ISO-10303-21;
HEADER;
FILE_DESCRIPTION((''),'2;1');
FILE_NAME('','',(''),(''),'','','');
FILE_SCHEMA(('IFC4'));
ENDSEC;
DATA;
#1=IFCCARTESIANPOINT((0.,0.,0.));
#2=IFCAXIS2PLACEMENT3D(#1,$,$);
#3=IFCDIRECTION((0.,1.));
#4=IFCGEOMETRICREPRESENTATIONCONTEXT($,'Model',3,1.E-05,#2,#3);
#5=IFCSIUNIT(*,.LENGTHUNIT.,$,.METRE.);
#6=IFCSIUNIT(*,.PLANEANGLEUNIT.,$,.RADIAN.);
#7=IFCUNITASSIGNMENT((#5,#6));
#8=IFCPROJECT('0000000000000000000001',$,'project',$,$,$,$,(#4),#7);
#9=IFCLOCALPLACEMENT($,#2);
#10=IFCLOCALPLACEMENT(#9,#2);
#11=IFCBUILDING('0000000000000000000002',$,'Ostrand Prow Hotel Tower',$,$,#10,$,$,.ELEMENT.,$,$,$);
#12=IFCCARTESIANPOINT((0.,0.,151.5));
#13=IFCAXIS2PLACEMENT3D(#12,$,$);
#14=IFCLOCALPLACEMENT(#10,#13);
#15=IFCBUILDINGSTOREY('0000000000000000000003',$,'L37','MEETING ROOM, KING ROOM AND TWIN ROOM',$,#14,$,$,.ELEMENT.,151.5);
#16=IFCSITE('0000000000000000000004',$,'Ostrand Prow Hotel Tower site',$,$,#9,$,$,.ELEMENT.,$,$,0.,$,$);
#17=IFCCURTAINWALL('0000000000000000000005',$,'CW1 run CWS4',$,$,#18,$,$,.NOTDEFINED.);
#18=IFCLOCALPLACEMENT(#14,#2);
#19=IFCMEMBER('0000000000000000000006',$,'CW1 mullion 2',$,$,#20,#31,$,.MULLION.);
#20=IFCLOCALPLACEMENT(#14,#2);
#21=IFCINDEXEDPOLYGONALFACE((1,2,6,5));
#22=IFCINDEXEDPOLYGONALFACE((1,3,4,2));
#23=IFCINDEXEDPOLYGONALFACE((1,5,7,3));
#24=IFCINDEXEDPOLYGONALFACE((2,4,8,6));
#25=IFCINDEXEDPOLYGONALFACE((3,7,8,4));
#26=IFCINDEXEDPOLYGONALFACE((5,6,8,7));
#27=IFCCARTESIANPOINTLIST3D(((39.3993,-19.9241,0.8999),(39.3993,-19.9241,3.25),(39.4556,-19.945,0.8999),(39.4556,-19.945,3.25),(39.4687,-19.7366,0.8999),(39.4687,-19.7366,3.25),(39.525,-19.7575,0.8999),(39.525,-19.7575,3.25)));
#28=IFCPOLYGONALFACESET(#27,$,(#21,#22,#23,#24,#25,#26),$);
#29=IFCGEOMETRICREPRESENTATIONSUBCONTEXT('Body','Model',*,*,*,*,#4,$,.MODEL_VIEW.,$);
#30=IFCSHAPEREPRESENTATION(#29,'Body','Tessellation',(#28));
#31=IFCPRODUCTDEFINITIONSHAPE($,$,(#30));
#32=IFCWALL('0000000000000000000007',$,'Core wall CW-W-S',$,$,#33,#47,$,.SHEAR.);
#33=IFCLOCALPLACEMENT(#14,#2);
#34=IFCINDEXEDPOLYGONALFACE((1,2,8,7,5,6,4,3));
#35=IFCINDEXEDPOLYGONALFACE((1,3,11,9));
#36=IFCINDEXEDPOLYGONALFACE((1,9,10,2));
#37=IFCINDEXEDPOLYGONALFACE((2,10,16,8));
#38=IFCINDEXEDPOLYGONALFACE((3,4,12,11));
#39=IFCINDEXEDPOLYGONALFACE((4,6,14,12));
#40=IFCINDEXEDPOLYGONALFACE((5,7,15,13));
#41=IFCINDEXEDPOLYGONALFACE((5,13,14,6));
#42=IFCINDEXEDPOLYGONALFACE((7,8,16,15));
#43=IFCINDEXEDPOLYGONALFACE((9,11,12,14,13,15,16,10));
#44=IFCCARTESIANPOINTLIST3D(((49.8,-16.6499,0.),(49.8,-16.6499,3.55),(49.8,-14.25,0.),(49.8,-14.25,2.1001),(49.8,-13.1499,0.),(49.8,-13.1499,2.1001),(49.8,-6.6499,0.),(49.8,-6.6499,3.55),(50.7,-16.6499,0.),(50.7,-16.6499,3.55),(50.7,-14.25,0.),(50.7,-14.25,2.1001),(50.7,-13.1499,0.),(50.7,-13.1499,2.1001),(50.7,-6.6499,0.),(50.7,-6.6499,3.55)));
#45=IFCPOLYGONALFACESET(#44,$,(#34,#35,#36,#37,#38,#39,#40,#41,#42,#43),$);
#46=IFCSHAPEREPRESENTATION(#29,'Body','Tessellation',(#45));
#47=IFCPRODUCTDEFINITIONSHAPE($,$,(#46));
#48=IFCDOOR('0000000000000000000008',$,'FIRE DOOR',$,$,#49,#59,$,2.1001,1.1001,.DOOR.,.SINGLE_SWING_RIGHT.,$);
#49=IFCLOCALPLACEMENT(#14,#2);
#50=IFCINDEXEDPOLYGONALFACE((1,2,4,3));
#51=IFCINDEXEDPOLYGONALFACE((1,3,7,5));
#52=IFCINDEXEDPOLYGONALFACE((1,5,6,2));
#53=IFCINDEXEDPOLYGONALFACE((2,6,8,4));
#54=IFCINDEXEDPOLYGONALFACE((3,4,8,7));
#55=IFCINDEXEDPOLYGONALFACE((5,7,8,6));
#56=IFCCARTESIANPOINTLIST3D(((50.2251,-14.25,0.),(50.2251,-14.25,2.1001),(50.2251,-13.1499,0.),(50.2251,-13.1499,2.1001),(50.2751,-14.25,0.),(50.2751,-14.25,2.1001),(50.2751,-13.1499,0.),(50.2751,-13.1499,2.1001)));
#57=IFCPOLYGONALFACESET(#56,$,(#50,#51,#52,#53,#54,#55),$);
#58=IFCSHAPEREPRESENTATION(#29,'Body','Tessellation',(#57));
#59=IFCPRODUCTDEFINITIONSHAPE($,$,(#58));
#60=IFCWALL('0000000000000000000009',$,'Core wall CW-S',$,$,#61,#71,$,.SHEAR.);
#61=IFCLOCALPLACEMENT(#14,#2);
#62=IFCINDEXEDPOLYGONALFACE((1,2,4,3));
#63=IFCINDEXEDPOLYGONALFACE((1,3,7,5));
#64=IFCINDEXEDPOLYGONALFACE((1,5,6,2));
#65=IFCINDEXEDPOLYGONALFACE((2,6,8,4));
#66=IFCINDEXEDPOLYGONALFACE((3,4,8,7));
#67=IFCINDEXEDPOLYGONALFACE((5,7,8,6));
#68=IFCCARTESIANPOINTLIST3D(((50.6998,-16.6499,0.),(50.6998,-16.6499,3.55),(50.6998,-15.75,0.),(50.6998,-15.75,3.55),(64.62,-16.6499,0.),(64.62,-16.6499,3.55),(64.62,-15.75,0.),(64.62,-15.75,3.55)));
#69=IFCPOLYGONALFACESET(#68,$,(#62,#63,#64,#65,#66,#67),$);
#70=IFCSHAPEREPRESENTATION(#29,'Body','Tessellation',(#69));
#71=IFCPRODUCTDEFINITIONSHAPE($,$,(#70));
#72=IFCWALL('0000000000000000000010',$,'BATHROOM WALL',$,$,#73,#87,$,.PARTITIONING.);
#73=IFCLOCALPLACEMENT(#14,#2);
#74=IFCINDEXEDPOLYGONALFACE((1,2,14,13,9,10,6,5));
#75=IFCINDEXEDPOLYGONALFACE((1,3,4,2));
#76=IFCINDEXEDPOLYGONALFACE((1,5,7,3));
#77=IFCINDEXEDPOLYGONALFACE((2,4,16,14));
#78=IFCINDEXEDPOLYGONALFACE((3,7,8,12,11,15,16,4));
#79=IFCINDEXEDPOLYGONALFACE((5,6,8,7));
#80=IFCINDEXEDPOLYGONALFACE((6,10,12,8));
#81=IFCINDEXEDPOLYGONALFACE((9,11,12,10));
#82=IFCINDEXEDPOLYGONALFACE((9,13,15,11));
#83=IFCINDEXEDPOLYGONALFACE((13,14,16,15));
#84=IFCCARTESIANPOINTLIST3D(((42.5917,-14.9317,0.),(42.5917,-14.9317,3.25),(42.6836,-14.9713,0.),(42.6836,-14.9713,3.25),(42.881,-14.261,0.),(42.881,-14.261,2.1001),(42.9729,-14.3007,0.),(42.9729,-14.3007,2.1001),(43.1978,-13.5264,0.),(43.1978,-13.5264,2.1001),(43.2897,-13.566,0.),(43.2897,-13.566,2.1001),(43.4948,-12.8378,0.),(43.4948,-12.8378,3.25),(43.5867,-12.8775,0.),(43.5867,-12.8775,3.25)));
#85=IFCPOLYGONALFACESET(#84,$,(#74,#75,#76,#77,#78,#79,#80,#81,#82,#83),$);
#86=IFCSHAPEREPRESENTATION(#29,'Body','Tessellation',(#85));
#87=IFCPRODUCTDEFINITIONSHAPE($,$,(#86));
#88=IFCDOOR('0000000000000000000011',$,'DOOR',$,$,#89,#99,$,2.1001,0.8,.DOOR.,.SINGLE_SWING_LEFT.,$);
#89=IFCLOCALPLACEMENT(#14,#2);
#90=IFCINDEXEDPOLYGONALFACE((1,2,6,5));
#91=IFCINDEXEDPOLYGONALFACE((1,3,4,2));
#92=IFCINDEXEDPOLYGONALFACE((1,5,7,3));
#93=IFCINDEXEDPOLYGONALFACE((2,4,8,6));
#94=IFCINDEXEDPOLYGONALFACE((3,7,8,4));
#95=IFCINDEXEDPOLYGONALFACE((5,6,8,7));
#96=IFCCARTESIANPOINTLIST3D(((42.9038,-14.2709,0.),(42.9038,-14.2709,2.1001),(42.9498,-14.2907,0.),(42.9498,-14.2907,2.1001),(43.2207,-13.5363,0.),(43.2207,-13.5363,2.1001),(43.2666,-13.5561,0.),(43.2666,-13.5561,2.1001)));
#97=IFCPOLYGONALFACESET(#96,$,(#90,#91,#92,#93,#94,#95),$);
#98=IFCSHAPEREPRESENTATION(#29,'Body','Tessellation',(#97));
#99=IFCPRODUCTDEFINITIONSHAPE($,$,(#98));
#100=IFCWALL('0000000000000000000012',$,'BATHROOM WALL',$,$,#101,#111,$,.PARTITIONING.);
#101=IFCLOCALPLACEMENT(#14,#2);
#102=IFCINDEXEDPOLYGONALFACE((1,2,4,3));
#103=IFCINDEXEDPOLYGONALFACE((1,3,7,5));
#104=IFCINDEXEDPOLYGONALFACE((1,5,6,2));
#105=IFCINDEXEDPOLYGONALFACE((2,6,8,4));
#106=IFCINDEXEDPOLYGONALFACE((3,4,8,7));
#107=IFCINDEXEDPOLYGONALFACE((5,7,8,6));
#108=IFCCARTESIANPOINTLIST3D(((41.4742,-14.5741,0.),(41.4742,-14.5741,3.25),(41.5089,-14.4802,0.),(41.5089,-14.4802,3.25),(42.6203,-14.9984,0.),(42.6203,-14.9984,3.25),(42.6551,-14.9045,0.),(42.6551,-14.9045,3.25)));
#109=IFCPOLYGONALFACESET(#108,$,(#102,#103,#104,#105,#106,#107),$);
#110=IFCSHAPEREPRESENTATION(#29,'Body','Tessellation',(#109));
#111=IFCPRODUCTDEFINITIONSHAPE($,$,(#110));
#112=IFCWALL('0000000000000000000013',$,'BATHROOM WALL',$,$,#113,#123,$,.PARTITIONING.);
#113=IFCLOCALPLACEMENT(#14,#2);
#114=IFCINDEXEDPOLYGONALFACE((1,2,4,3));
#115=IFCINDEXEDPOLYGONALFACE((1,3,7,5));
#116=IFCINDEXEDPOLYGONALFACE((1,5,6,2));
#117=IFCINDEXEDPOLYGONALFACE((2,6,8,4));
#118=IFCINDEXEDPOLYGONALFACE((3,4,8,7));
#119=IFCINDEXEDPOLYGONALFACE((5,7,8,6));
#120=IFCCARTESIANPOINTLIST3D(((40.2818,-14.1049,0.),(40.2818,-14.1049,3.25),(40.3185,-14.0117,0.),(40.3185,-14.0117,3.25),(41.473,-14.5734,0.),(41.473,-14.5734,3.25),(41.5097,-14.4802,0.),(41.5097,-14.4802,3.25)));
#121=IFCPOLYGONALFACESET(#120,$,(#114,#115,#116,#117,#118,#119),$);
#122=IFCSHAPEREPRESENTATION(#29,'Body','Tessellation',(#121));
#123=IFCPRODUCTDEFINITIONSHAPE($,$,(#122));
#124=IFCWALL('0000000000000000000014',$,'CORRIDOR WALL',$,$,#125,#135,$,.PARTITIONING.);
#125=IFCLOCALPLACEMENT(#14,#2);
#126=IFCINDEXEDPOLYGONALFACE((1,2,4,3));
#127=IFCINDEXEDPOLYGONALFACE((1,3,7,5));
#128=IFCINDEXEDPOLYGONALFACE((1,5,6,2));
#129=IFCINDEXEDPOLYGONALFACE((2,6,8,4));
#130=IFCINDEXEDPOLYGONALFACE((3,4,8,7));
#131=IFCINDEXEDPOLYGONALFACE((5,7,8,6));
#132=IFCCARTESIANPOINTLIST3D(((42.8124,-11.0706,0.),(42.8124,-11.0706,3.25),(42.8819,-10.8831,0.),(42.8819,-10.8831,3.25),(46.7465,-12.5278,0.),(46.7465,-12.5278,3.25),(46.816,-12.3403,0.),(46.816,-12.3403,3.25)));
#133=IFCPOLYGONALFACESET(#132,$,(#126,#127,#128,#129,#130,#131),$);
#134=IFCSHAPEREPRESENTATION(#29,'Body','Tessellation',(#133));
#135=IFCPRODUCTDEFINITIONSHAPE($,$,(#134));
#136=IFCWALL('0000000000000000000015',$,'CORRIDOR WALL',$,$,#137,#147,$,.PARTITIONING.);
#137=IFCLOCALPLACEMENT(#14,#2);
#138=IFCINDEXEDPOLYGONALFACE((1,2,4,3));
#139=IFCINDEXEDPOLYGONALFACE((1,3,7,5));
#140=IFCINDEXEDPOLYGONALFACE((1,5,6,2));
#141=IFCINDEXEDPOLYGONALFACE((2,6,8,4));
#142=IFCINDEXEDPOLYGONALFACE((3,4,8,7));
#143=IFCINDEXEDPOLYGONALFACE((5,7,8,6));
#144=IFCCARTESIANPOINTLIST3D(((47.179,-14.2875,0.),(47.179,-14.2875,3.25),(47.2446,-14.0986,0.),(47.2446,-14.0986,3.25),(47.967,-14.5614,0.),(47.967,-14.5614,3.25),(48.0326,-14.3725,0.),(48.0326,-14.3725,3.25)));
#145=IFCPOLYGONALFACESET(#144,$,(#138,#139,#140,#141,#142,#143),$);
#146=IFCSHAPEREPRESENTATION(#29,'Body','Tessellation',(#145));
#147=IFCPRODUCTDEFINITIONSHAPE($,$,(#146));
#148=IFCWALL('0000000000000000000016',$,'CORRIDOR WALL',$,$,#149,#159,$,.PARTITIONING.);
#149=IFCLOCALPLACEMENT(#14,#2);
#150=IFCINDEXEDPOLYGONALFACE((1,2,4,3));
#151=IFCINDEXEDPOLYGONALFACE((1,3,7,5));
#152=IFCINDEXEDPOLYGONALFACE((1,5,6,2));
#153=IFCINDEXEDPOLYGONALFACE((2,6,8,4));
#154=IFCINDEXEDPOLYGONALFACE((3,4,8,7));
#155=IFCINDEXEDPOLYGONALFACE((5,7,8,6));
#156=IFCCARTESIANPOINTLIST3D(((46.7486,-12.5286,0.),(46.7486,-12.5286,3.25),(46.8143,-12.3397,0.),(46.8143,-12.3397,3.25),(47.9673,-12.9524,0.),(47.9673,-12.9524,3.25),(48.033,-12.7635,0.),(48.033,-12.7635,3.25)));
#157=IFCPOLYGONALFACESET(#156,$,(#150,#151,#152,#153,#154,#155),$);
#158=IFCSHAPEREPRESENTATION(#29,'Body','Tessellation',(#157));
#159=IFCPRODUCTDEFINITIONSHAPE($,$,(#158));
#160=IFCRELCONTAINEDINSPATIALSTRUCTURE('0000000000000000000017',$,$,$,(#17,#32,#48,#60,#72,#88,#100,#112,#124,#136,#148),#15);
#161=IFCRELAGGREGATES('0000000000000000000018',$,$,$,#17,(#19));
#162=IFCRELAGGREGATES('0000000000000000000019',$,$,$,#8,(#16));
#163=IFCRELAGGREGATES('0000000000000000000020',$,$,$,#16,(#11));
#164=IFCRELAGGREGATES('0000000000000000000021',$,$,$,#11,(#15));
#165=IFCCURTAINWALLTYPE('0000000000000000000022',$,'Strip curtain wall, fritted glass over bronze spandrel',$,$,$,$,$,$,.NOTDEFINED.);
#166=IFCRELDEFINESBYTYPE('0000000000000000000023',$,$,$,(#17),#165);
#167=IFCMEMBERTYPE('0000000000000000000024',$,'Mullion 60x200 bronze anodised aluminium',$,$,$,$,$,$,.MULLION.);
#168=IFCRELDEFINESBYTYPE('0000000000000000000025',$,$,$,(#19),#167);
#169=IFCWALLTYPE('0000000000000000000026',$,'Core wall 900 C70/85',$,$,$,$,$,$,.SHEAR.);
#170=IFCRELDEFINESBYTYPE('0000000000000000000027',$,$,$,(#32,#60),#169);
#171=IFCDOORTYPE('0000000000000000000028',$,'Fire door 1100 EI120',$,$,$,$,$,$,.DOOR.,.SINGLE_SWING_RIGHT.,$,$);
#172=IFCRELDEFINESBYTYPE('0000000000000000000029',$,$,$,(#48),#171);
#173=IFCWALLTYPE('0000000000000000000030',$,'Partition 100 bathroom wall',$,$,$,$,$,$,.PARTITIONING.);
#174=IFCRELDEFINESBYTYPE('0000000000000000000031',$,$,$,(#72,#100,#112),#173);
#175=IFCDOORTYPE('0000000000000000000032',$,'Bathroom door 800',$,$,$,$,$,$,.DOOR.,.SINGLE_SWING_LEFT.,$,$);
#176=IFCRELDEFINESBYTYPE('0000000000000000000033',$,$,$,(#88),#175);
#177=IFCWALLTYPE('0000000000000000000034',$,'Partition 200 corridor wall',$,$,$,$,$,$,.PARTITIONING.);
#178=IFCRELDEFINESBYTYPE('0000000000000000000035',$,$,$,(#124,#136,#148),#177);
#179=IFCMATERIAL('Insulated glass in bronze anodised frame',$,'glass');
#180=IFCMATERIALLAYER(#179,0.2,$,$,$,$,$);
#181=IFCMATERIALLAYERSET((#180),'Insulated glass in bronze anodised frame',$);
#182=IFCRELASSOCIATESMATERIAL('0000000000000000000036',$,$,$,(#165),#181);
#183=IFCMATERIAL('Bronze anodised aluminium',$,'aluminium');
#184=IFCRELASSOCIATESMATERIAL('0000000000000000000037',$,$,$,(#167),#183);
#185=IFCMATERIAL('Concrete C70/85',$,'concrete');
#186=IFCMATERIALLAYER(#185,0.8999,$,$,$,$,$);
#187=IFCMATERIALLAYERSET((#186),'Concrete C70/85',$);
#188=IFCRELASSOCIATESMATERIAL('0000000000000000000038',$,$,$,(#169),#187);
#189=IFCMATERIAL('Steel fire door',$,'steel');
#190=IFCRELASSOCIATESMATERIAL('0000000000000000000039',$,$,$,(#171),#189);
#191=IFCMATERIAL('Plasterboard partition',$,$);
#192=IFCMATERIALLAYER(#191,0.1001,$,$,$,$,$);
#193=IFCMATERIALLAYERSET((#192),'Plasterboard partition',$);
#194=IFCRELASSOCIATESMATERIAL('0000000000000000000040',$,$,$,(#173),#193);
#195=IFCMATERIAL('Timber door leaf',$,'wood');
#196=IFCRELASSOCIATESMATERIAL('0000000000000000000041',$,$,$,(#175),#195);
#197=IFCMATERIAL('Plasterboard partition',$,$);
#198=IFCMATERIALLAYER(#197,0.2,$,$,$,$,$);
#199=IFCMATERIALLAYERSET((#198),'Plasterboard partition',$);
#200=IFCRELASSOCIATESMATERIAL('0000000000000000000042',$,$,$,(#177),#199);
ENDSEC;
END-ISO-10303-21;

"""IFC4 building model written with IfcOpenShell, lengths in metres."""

from ifc_helpers import new_model, si_unit, direction, frame, frame_2d, origin, origin_2d, place, context, subcontext, project, spatial, rectangle, extrude, material, layer, layer_set, material_profile, profile_set, type_object, element, fill, aggregate, save


model = new_model("IFC4")

# Units and contexts
model_context = context("Model", 3, precision=1e-05, world=origin(), true_north=direction((0.0, 1.0)))
body_context = subcontext(model_context, "Body", "Model", "MODEL_VIEW")
ifc_project = project(units=[si_unit("LENGTHUNIT", "METRE"), si_unit("PLANEANGLEUNIT", "RADIAN")], contexts=[model_context])

# Site, building, storey
site_placement = place(None, origin())
site = spatial("IfcSite", under=ifc_project, at=site_placement, Name="Ostrand Prow Hotel Tower site", CompositionType="ELEMENT", RefElevation=0.0)
building_placement = place(site_placement, origin())
building = spatial("IfcBuilding", under=site, at=building_placement, Name="Ostrand Prow Hotel Tower", CompositionType="ELEMENT")
storey_placement = place(building_placement, frame((0.0, 0.0, 151.5)))
storey = spatial("IfcBuildingStorey", under=building, at=storey_placement, Name="L37", Description="MEETING ROOM, KING ROOM AND TWIN ROOM", CompositionType="ELEMENT", Elevation=151.5)

# Curtain wall, member
ifc_material_1 = material(Name="Insulated glass in bronze anodised frame", Category="glass")
ifc_layer_1 = layer(ifc_material_1, 0.2)
ifc_layer_set_1 = layer_set([ifc_layer_1], Name="Insulated glass in bronze anodised frame")
curtain_wall_type = type_object("IfcCurtainWallType", Name="Strip curtain wall, fritted glass over bronze spandrel", PredefinedType="NOTDEFINED", material=ifc_layer_set_1)
curtain_wall_placement = place(storey_placement, origin())
curtain_wall = element("IfcCurtainWall", 1, at=curtain_wall_placement, inside=storey, type_object=curtain_wall_type, Name="CW1 run CWS4", PredefinedType="NOTDEFINED")
ifc_material_2 = material(Name="Bronze anodised aluminium", Category="aluminium")
ifc_material_profile = material_profile(ifc_material_2, rectangle(XDim=0.2, YDim=0.0601, at=origin_2d()), Name="Mullion 60x200 bronze anodised aluminium")
ifc_profile_set = profile_set([ifc_material_profile], Name="Bronze anodised aluminium")
member_type = type_object("IfcMemberType", Name="Mullion 60x200 bronze anodised aluminium", PredefinedType="MULLION", material=ifc_profile_set)
member_placement = place(storey_placement, frame((39.4622, -19.8408, 0.8999), z_axis=(0.0, 0.0, 1.0), x_axis=(0.347342, 0.937739, 0.0)))
member = element("IfcMember", 2, at=member_placement, type_object=member_type, Name="CW1 mullion 2", PredefinedType="MULLION", context=body_context, shape_type="SweptSolid", body=[
    extrude(rectangle(XDim=0.2, YDim=0.0601, at=origin_2d()), origin(), (0.0, 0.0, 1.0), 2.3501),
])
aggregate(curtain_wall, [member])

# Wall, opening, door
ifc_material_3 = material(Name="Concrete C70/85", Category="concrete")
ifc_layer_2 = layer(ifc_material_3, 0.8999)
ifc_layer_set_2 = layer_set([ifc_layer_2], Name="Concrete C70/85")
wall_type_1 = type_object("IfcWallType", Name="Core wall 900 C70/85", PredefinedType="SHEAR", material=ifc_layer_set_2)
wall_1_placement = place(storey_placement, frame((50.25, -16.6499, 0.0), z_axis=(0.0, 0.0, 1.0), x_axis=(0.0, 1.0, 0.0)))
wall_1 = element("IfcWall", 3, at=wall_1_placement, inside=storey, type_object=wall_type_1, Name="Core wall CW-W-S", PredefinedType="SHEAR", context=body_context, shape_type="SweptSolid", body=[
    extrude(rectangle(XDim=10.0, YDim=0.8999, at=frame_2d((5.0, 0.0))), origin(), (0.0, 0.0, 1.0), 3.55),
])
opening_1_placement = place(wall_1_placement, frame((2.3999, 0.0, 0.0)))
opening_1 = element("IfcOpeningElement", 4, at=opening_1_placement, cuts=wall_1, PredefinedType="OPENING", context=body_context, shape_type="SweptSolid", body=[
    extrude(rectangle(XDim=1.1001, YDim=2.1001, at=frame_2d((0.55, 1.05))), frame((0.0, 0.46, 0.0), z_axis=(0.0, -1.0, 0.0), x_axis=(1.0, 0.0, 0.0)), (0.0, 0.0, 1.0), 0.9199),
])
ifc_material_4 = material(Name="Steel fire door", Category="steel")
door_type_1 = type_object("IfcDoorType", Name="Fire door 1100 EI120", OperationType="SINGLE_SWING_RIGHT", PredefinedType="DOOR", material=ifc_material_4)
door_1_placement = place(opening_1_placement, origin())
door_1 = element("IfcDoor", 5, at=door_1_placement, inside=storey, type_object=door_type_1, Name="FIRE DOOR", OperationType="SINGLE_SWING_RIGHT", OverallHeight=2.1001, OverallWidth=1.1001, PredefinedType="DOOR", context=body_context, shape_type="SweptSolid", body=[
    extrude(rectangle(XDim=1.1001, YDim=2.1001, at=frame_2d((0.55, 1.05))), frame((0.0, 0.0249, 0.0), z_axis=(0.0, -1.0, 0.0), x_axis=(1.0, 0.0, 0.0)), (0.0, 0.0, 1.0), 0.05),
])
fill(opening_1, door_1)

# Wall
wall_2_placement = place(storey_placement, frame((50.7, -16.2, 0.0), z_axis=(0.0, 0.0, 1.0), x_axis=(1.0, 0.0, 0.0)))
element("IfcWall", 6, at=wall_2_placement, inside=storey, type_object=wall_type_1, Name="Core wall CW-S", PredefinedType="SHEAR", context=body_context, shape_type="SweptSolid", body=[
    extrude(rectangle(XDim=13.9202, YDim=0.8999, at=frame_2d((6.96, 0.0))), origin(), (0.0, 0.0, 1.0), 3.55),
])

# Wall, opening, door
ifc_material_5 = material(Name="Plasterboard partition")
ifc_layer_3 = layer(ifc_material_5, 0.1001)
ifc_layer_set_3 = layer_set([ifc_layer_3], Name="Plasterboard partition")
wall_type_2 = type_object("IfcWallType", Name="Partition 100 bathroom wall", PredefinedType="PARTITIONING", material=ifc_layer_set_3)
wall_3_placement = place(storey_placement, frame((43.5408, -12.8577, 0.0), z_axis=(0.0, 0.0, 1.0), x_axis=(-0.39605, -0.918229, 0.0)))
wall_3 = element("IfcWall", 7, at=wall_3_placement, inside=storey, type_object=wall_type_2, Name="BATHROOM WALL", PredefinedType="PARTITIONING", context=body_context, shape_type="SweptSolid", body=[
    extrude(rectangle(XDim=2.2803, YDim=0.1001, at=frame_2d((1.1401, 0.0))), origin(), (0.0, 0.0, 1.0), 3.25),
])
opening_2_placement = place(wall_3_placement, frame((0.75, 0.0, 0.0)))
opening_2 = element("IfcOpeningElement", 8, at=opening_2_placement, cuts=wall_3, PredefinedType="OPENING", context=body_context, shape_type="SweptSolid", body=[
    extrude(rectangle(XDim=0.8, YDim=2.1001, at=frame_2d((0.3999, 1.05))), frame((0.0, 0.0601, 0.0), z_axis=(0.0, -1.0, 0.0), x_axis=(1.0, 0.0, 0.0)), (0.0, 0.0, 1.0), 0.1201),
])
ifc_material_6 = material(Name="Timber door leaf", Category="wood")
door_type_2 = type_object("IfcDoorType", Name="Bathroom door 800", OperationType="SINGLE_SWING_LEFT", PredefinedType="DOOR", material=ifc_material_6)
door_2_placement = place(opening_2_placement, origin())
door_2 = element("IfcDoor", 9, at=door_2_placement, inside=storey, type_object=door_type_2, Name="DOOR", OperationType="SINGLE_SWING_LEFT", OverallHeight=2.1001, OverallWidth=0.8, PredefinedType="DOOR", context=body_context, shape_type="SweptSolid", body=[
    extrude(rectangle(XDim=0.8, YDim=2.1001, at=frame_2d((0.3999, 1.05))), frame((0.0, 0.0249, 0.0), z_axis=(0.0, -1.0, 0.0), x_axis=(1.0, 0.0, 0.0)), (0.0, 0.0, 1.0), 0.05),
])
fill(opening_2, door_2)

# Walls
wall_4_placement = place(storey_placement, frame((42.6377, -14.9514, 0.0), z_axis=(0.0, 0.0, 1.0), x_axis=(-0.937807, 0.347158, 0.0)))
element("IfcWall", 10, at=wall_4_placement, inside=storey, type_object=wall_type_2, Name="BATHROOM WALL", PredefinedType="PARTITIONING", context=body_context, shape_type="SweptSolid", body=[
    extrude(rectangle(XDim=1.2222, YDim=0.1001, at=frame_2d((0.6111, 0.0))), origin(), (0.0, 0.0, 1.0), 3.25),
])
wall_5_placement = place(storey_placement, frame((41.4915, -14.5269, 0.0), z_axis=(0.0, 0.0, 1.0), x_axis=(-0.930605, 0.366024, 0.0)))
element("IfcWall", 11, at=wall_5_placement, inside=storey, type_object=wall_type_2, Name="BATHROOM WALL", PredefinedType="PARTITIONING", context=body_context, shape_type="SweptSolid", body=[
    extrude(rectangle(XDim=1.28, YDim=0.1001, at=frame_2d((0.6401, 0.0))), origin(), (0.0, 0.0, 1.0), 3.25),
])
ifc_material_7 = material(Name="Plasterboard partition")
ifc_layer_4 = layer(ifc_material_7, 0.2)
ifc_layer_set_4 = layer_set([ifc_layer_4], Name="Plasterboard partition")
wall_type_3 = type_object("IfcWallType", Name="Partition 200 corridor wall", PredefinedType="PARTITIONING", material=ifc_layer_set_4)
wall_6_placement = place(storey_placement, frame((46.7812, -12.4341, 0.0), z_axis=(0.0, 0.0, 1.0), x_axis=(-0.937733, 0.347358, 0.0)))
element("IfcWall", 12, at=wall_6_placement, inside=storey, type_object=wall_type_3, Name="CORRIDOR WALL", PredefinedType="PARTITIONING", context=body_context, shape_type="SweptSolid", body=[
    extrude(rectangle(XDim=4.1953, YDim=0.2, at=frame_2d((2.0977, 0.0))), origin(), (0.0, 0.0, 1.0), 3.25),
])
wall_7_placement = place(storey_placement, frame((47.2119, -14.1931, 0.0), z_axis=(0.0, 0.0, 1.0), x_axis=(0.944568, -0.328316, 0.0)))
element("IfcWall", 13, at=wall_7_placement, inside=storey, type_object=wall_type_3, Name="CORRIDOR WALL", PredefinedType="PARTITIONING", context=body_context, shape_type="SweptSolid", body=[
    extrude(rectangle(XDim=0.8342, YDim=0.2, at=frame_2d((0.417, 0.0))), origin(), (0.0, 0.0, 1.0), 3.25),
])
wall_8_placement = place(storey_placement, frame((48.0, -12.8579, 0.0), z_axis=(0.0, 0.0, 1.0), x_axis=(-0.944517, 0.328462, 0.0)))
element("IfcWall", 14, at=wall_8_placement, inside=storey, type_object=wall_type_3, Name="CORRIDOR WALL", PredefinedType="PARTITIONING", context=body_context, shape_type="SweptSolid", body=[
    extrude(rectangle(XDim=1.2903, YDim=0.2, at=frame_2d((0.645, 0.0))), origin(), (0.0, 0.0, 1.0), 3.25),
])

save(model, "model.ifc")
